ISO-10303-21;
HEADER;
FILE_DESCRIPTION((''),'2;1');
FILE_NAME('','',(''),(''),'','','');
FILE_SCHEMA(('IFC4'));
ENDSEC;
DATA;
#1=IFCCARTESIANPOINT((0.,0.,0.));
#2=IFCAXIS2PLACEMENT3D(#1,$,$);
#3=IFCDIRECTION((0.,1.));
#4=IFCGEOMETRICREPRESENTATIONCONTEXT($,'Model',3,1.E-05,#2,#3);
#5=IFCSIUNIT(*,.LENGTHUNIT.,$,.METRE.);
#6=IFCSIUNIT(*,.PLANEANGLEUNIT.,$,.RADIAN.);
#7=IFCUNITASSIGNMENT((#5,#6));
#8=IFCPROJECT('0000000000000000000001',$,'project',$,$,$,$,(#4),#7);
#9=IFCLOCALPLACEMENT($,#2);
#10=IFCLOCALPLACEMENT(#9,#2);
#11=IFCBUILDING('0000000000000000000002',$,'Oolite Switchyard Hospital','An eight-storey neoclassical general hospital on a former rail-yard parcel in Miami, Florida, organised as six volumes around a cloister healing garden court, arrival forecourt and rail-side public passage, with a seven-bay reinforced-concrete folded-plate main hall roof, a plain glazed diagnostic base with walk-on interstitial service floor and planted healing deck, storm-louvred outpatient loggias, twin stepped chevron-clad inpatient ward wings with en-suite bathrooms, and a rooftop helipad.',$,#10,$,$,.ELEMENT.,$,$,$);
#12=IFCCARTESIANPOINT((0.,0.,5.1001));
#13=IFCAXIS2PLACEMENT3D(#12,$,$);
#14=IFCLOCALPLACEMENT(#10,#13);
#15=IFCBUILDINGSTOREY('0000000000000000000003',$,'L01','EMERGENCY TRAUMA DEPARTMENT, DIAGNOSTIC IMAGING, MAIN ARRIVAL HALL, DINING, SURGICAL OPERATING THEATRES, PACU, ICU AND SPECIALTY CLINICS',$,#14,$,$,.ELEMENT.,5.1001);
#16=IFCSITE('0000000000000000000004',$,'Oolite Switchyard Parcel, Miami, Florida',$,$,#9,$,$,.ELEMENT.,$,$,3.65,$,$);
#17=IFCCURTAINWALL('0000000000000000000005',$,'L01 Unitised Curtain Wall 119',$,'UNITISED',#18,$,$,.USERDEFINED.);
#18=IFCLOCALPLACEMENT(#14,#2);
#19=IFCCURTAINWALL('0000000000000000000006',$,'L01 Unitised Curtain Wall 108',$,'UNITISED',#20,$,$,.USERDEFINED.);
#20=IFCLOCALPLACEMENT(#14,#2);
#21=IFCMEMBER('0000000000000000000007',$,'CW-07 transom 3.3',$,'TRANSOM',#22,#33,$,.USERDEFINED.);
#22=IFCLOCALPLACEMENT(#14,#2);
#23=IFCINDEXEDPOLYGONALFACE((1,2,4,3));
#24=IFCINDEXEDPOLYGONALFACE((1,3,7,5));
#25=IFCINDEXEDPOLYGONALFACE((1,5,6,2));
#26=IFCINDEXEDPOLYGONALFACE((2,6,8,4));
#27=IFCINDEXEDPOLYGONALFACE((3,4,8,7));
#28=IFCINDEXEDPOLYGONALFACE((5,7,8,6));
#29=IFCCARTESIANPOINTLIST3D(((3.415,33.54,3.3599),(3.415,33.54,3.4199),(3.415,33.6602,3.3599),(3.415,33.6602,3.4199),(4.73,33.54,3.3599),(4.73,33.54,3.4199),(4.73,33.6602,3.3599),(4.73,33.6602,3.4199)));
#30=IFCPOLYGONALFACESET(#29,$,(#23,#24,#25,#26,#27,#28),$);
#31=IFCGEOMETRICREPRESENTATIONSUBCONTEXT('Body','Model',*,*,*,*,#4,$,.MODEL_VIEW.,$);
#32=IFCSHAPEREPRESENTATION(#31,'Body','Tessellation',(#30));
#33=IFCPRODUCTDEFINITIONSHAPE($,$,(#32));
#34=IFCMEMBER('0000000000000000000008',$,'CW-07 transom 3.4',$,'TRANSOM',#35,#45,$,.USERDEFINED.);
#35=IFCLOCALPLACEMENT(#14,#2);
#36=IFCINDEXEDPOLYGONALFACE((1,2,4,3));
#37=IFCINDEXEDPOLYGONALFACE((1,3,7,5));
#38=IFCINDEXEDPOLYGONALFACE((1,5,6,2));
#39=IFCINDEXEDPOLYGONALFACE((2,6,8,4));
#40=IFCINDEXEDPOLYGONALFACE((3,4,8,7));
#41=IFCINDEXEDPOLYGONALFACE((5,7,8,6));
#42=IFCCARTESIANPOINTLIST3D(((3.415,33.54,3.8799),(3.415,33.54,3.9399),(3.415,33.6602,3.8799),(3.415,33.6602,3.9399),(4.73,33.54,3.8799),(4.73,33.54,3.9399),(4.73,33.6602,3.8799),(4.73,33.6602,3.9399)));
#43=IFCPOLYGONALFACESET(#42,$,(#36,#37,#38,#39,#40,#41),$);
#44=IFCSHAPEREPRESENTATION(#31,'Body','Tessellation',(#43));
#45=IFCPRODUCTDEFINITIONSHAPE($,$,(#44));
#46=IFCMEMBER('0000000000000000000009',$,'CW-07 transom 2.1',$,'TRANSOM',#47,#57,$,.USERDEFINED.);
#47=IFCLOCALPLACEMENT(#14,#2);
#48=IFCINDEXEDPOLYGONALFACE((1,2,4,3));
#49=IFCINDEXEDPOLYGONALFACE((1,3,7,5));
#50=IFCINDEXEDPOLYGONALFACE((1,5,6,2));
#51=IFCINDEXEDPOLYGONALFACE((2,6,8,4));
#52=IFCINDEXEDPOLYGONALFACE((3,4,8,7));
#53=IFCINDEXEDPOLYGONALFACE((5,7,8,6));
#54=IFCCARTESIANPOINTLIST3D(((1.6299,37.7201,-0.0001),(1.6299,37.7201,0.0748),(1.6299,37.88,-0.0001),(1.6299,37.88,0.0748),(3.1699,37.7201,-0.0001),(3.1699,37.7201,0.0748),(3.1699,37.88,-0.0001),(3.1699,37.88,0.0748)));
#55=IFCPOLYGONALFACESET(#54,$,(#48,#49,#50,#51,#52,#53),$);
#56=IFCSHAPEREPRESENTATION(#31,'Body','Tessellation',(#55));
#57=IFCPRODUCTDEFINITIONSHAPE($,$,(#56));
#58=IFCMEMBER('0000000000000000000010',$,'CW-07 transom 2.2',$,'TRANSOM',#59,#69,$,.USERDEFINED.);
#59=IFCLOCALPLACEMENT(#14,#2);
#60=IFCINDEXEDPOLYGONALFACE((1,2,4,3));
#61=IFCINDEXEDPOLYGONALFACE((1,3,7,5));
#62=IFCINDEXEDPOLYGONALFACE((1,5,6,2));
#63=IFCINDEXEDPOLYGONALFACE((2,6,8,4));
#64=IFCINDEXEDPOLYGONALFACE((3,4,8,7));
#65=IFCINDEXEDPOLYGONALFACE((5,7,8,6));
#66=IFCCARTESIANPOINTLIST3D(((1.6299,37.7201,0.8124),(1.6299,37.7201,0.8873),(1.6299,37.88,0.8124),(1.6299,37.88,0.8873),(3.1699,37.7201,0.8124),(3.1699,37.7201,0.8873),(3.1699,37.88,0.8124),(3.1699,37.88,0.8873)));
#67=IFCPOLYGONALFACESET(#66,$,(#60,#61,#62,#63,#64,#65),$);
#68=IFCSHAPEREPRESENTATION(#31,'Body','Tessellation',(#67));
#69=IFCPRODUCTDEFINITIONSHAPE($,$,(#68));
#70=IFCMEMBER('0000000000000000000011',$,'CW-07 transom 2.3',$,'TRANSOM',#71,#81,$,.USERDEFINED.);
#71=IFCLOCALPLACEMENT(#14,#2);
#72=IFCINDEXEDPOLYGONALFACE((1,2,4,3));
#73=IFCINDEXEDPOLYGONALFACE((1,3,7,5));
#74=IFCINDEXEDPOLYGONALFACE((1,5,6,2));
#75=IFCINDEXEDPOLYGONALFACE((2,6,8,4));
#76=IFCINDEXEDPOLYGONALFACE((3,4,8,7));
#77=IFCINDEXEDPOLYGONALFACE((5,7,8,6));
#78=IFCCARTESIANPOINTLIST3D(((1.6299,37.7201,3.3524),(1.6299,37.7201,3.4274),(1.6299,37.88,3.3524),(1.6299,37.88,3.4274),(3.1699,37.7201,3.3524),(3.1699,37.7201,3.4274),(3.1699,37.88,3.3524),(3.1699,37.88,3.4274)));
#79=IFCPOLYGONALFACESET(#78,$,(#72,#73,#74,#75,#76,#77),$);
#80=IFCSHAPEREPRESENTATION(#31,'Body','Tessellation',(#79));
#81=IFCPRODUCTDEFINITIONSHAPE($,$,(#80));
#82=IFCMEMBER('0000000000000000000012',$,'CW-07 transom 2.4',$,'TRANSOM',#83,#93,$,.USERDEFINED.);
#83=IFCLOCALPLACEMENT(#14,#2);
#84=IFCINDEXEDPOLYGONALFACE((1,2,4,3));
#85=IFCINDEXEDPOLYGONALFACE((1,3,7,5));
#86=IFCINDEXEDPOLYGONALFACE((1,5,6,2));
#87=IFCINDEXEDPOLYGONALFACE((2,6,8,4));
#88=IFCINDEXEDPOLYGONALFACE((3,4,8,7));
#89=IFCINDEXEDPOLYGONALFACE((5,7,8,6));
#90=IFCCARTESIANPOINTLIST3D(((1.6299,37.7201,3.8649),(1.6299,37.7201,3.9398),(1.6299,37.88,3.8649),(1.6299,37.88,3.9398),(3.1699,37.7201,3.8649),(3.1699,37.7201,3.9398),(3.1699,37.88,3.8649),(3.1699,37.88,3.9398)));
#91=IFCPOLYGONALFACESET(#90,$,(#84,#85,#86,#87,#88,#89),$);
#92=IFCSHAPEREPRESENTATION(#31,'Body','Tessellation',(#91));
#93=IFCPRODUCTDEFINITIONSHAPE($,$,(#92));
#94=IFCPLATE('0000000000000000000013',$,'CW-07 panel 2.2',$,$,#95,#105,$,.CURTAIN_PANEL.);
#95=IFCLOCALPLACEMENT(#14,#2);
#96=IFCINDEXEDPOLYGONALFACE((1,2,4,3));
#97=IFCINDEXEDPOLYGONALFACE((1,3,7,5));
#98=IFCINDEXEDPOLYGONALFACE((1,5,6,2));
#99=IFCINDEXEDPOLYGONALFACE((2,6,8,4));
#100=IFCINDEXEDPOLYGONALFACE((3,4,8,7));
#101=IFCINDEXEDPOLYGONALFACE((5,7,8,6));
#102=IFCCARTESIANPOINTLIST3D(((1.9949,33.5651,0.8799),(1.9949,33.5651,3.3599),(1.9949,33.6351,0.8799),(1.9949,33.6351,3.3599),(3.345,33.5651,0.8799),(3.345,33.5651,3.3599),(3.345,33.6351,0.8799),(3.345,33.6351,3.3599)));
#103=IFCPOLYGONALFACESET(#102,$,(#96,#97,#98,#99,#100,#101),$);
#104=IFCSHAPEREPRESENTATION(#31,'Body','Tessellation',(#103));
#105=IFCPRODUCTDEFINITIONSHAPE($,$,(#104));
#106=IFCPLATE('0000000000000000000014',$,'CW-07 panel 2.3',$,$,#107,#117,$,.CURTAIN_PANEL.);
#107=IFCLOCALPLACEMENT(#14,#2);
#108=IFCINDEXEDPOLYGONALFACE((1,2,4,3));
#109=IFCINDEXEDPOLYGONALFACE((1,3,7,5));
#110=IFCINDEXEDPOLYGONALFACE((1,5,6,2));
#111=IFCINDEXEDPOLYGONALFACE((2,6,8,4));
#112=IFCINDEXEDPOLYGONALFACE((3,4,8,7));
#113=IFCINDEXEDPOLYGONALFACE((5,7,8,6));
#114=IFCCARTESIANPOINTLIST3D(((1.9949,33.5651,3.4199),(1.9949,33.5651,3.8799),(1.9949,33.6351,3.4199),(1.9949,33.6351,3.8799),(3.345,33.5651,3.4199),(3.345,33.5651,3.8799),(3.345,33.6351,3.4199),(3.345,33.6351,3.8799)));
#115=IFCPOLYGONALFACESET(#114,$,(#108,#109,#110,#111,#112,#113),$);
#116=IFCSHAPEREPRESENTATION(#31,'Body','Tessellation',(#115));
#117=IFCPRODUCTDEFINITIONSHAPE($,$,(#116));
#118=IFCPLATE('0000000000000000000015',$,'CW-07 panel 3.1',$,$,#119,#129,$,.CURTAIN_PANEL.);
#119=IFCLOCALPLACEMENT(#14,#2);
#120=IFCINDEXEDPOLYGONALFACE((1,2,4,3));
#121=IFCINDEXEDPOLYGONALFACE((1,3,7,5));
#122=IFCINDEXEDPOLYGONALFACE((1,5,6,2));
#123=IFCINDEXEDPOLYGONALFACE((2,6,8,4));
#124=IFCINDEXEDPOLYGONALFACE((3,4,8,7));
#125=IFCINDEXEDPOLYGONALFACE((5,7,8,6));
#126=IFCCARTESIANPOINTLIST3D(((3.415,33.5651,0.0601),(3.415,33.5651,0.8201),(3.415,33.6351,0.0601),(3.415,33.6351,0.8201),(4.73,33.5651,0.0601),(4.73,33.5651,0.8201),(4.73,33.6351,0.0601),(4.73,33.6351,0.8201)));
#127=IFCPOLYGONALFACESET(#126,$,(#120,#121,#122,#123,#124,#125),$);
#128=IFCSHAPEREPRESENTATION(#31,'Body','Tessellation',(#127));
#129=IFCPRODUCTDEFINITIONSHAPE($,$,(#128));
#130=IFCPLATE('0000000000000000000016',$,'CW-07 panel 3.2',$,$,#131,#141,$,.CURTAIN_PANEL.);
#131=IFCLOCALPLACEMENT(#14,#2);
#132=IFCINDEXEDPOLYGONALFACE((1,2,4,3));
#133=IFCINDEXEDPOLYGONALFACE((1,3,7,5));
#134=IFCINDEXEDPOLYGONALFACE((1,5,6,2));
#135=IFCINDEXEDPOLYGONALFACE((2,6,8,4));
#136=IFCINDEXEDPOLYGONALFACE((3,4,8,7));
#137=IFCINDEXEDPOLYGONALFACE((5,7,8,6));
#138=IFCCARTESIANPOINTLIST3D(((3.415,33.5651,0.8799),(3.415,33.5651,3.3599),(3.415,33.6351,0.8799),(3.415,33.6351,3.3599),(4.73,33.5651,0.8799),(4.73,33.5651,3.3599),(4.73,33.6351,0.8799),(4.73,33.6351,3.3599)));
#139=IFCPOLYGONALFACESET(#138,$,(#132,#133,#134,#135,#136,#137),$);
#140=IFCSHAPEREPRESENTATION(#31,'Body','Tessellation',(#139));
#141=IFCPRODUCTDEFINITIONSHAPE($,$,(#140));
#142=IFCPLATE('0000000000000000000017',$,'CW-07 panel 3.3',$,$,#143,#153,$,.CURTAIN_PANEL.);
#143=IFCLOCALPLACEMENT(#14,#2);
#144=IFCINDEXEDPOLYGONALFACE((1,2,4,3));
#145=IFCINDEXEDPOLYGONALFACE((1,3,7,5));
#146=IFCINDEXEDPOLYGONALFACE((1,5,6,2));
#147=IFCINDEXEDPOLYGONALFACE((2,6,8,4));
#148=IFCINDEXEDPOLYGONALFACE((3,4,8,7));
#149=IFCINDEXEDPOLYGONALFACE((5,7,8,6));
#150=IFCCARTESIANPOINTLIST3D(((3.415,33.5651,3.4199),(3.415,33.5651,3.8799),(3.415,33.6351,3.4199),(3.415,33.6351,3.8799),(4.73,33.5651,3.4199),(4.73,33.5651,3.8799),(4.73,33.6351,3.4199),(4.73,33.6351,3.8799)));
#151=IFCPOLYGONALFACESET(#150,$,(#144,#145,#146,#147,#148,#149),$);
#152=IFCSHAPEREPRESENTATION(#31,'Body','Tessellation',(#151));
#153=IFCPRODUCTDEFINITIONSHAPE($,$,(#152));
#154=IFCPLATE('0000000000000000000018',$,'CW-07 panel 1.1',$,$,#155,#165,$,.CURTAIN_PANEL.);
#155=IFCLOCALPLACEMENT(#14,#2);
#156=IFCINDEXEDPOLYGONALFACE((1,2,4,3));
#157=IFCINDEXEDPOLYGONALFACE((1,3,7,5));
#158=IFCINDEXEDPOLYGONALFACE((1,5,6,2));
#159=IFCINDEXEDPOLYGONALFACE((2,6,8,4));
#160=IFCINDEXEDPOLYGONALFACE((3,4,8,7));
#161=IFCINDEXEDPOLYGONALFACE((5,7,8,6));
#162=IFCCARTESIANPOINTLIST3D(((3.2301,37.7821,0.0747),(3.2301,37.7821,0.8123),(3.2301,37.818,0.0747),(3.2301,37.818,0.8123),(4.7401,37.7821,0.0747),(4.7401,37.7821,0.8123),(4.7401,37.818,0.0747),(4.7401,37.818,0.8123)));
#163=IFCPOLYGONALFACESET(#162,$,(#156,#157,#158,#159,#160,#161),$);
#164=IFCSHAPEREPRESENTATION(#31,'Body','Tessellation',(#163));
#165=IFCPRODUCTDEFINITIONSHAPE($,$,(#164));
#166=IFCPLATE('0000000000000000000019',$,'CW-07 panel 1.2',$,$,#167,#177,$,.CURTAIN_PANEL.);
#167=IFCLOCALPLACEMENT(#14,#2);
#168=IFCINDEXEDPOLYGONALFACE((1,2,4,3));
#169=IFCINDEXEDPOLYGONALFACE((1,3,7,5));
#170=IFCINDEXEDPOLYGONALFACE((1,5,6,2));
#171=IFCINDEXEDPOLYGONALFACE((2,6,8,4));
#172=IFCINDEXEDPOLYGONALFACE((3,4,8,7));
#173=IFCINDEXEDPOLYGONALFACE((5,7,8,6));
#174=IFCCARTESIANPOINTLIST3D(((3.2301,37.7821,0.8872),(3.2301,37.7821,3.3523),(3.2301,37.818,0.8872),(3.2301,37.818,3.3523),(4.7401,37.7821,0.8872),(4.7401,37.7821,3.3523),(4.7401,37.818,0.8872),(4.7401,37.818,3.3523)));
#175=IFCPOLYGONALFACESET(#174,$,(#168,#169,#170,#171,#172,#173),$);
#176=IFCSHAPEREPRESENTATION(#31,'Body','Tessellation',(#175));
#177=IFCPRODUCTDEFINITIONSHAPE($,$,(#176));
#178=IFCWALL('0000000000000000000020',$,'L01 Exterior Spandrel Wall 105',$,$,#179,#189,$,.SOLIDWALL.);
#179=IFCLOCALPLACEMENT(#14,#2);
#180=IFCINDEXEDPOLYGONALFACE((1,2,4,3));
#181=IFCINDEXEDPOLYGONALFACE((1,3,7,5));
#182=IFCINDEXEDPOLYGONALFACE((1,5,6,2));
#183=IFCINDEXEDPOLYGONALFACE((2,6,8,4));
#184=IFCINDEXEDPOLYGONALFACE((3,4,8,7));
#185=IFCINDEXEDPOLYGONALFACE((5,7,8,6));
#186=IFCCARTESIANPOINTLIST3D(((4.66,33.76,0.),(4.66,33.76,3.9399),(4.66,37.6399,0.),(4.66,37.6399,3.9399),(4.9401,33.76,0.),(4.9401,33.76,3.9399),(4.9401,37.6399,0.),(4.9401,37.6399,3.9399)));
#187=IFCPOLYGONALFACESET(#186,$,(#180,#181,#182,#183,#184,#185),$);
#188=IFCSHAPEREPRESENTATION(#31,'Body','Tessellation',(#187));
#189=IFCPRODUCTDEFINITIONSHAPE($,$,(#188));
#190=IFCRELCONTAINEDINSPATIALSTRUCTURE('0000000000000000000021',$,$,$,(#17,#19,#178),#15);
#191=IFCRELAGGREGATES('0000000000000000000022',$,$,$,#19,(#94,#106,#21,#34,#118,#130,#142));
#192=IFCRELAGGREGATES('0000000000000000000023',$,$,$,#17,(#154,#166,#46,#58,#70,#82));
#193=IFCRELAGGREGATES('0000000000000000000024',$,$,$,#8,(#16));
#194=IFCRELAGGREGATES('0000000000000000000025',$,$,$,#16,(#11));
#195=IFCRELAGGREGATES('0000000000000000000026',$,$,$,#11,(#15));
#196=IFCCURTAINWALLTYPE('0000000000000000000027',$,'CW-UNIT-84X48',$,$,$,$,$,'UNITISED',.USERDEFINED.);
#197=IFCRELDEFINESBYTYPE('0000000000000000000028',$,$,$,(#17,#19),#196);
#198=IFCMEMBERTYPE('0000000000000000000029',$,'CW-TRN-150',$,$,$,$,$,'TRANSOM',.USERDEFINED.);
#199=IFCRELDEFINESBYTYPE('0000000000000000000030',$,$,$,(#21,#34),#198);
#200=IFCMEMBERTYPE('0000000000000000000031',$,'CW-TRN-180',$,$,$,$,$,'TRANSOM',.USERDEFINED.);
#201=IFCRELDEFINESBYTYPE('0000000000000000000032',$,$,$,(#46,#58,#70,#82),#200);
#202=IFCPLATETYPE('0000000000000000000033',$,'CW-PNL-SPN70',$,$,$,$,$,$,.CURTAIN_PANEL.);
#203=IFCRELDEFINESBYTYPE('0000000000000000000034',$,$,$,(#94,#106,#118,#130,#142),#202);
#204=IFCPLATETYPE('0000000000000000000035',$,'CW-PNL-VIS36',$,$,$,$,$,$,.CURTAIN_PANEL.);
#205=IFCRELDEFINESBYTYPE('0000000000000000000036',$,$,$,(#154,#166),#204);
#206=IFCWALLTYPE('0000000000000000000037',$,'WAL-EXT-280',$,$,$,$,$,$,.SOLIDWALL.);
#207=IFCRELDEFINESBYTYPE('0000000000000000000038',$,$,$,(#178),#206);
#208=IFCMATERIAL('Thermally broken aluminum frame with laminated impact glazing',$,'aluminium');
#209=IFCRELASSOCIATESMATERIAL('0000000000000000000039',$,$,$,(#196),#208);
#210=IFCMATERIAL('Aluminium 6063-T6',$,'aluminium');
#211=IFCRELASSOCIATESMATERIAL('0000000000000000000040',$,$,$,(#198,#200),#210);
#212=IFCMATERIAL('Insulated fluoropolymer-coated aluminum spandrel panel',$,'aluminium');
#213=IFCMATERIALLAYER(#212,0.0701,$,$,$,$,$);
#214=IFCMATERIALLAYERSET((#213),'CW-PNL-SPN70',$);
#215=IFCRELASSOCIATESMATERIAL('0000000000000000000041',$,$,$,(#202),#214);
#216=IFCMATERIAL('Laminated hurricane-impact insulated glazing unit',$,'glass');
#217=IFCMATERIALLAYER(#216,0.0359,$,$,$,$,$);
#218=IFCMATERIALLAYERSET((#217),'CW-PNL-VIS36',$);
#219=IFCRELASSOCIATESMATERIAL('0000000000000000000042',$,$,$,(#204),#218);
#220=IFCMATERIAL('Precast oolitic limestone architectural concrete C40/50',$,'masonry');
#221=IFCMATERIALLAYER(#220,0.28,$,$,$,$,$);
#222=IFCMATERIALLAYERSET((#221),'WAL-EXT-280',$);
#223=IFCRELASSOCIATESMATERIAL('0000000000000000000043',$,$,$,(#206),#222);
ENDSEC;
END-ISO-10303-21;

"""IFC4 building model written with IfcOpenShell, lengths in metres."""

from ifc_helpers import new_model, si_unit, direction, frame, frame_2d, origin, origin_2d, place, context, subcontext, project, spatial, rectangle, extrude, material, layer, layer_set, material_profile, profile_set, type_object, element, aggregate, save


model = new_model("IFC4")

# Units and contexts
model_context = context("Model", 3, precision=1e-05, world=origin(), true_north=direction((0.0, 1.0)))
body_context = subcontext(model_context, "Body", "Model", "MODEL_VIEW")
ifc_project = project(units=[si_unit("LENGTHUNIT", "METRE"), si_unit("PLANEANGLEUNIT", "RADIAN")], contexts=[model_context])

# Site, building, storey
site_placement = place(None, origin())
site = spatial("IfcSite", under=ifc_project, at=site_placement, Name="Oolite Switchyard Parcel, Miami, Florida", CompositionType="ELEMENT", RefElevation=3.65)
building_placement = place(site_placement, origin())
building = spatial("IfcBuilding", under=site, at=building_placement, Name="Oolite Switchyard Hospital", Description="An eight-storey neoclassical general hospital on a former rail-yard parcel in Miami, Florida, organised as six volumes around a cloister healing garden court, arrival forecourt and rail-side public passage, with a seven-bay reinforced-concrete folded-plate main hall roof, a plain glazed diagnostic base with walk-on interstitial service floor and planted healing deck, storm-louvred outpatient loggias, twin stepped chevron-clad inpatient ward wings with en-suite bathrooms, and a rooftop helipad.", CompositionType="ELEMENT")
storey_placement = place(building_placement, frame((0.0, 0.0, 5.1001)))
storey = spatial("IfcBuildingStorey", under=building, at=storey_placement, Name="L01", Description="EMERGENCY TRAUMA DEPARTMENT, DIAGNOSTIC IMAGING, MAIN ARRIVAL HALL, DINING, SURGICAL OPERATING THEATRES, PACU, ICU AND SPECIALTY CLINICS", CompositionType="ELEMENT", Elevation=5.1001)

# Curtain wall
ifc_material_1 = material(Name="Thermally broken aluminum frame with laminated impact glazing", Category="aluminium")
curtain_wall_type = type_object("IfcCurtainWallType", Name="CW-UNIT-84X48", ElementType="UNITISED", PredefinedType="USERDEFINED", material=ifc_material_1)
curtain_wall_1_placement = place(storey_placement, origin())
curtain_wall_1 = element("IfcCurtainWall", 1, at=curtain_wall_1_placement, inside=storey, type_object=curtain_wall_type, Name="L01 Unitised Curtain Wall 119", ObjectType="UNITISED", PredefinedType="USERDEFINED")
ifc_material_2 = material(Name="Aluminium 6063-T6", Category="aluminium")

# Curtain wall, members
curtain_wall_2_placement = place(storey_placement, origin())
curtain_wall_2 = element("IfcCurtainWall", 2, at=curtain_wall_2_placement, inside=storey, type_object=curtain_wall_type, Name="L01 Unitised Curtain Wall 108", ObjectType="UNITISED", PredefinedType="USERDEFINED")
ifc_material_profile_1 = material_profile(ifc_material_2, rectangle(XDim=0.1201, YDim=0.0601, at=origin_2d()), Name="CWT60X120")
ifc_profile_set_1 = profile_set([ifc_material_profile_1], Name="Aluminium 6063-T6")
member_type_1 = type_object("IfcMemberType", Name="CW-TRN-150", ElementType="TRANSOM", PredefinedType="USERDEFINED", material=ifc_profile_set_1)
member_1_placement = place(storey_placement, frame((3.415, 33.6001, 3.3899), z_axis=(1.0, 0.0, 0.0), x_axis=(0.0, 1.0, 0.0)))
member_1 = element("IfcMember", 3, at=member_1_placement, type_object=member_type_1, Name="CW-07 transom 3.3", ObjectType="TRANSOM", PredefinedType="USERDEFINED", context=body_context, shape_type="SweptSolid", body=[
    extrude(rectangle(XDim=0.1201, YDim=0.0601, at=origin_2d()), origin(), (0.0, 0.0, 1.0), 1.3149),
])
member_2_placement = place(storey_placement, frame((3.415, 33.6001, 3.9099), z_axis=(1.0, 0.0, 0.0), x_axis=(0.0, 1.0, 0.0)))
member_2 = element("IfcMember", 4, at=member_2_placement, type_object=member_type_1, Name="CW-07 transom 3.4", ObjectType="TRANSOM", PredefinedType="USERDEFINED", context=body_context, shape_type="SweptSolid", body=[
    extrude(rectangle(XDim=0.1201, YDim=0.0601, at=origin_2d()), origin(), (0.0, 0.0, 1.0), 1.3149),
])

# Members
ifc_material_profile_2 = material_profile(ifc_material_2, rectangle(XDim=0.1599, YDim=0.075, at=origin_2d()), Name="CWT75X160")
ifc_profile_set_2 = profile_set([ifc_material_profile_2], Name="Aluminium 6063-T6")
member_type_2 = type_object("IfcMemberType", Name="CW-TRN-180", ElementType="TRANSOM", PredefinedType="USERDEFINED", material=ifc_profile_set_2)
member_3_placement = place(storey_placement, frame((3.1699, 37.8, 0.0374), z_axis=(-1.0, 0.0, 0.0), x_axis=(0.0, -1.0, 0.0)))
member_3 = element("IfcMember", 5, at=member_3_placement, type_object=member_type_2, Name="CW-07 transom 2.1", ObjectType="TRANSOM", PredefinedType="USERDEFINED", context=body_context, shape_type="SweptSolid", body=[
    extrude(rectangle(XDim=0.1599, YDim=0.075, at=origin_2d()), origin(), (0.0, 0.0, 1.0), 1.54),
])
member_4_placement = place(storey_placement, frame((3.1699, 37.8, 0.8499), z_axis=(-1.0, 0.0, 0.0), x_axis=(0.0, -1.0, 0.0)))
member_4 = element("IfcMember", 6, at=member_4_placement, type_object=member_type_2, Name="CW-07 transom 2.2", ObjectType="TRANSOM", PredefinedType="USERDEFINED", context=body_context, shape_type="SweptSolid", body=[
    extrude(rectangle(XDim=0.1599, YDim=0.075, at=origin_2d()), origin(), (0.0, 0.0, 1.0), 1.54),
])
member_5_placement = place(storey_placement, frame((3.1699, 37.8, 3.3899), z_axis=(-1.0, 0.0, 0.0), x_axis=(0.0, -1.0, 0.0)))
member_5 = element("IfcMember", 7, at=member_5_placement, type_object=member_type_2, Name="CW-07 transom 2.3", ObjectType="TRANSOM", PredefinedType="USERDEFINED", context=body_context, shape_type="SweptSolid", body=[
    extrude(rectangle(XDim=0.1599, YDim=0.075, at=origin_2d()), origin(), (0.0, 0.0, 1.0), 1.54),
])
member_6_placement = place(storey_placement, frame((3.1699, 37.8, 3.9023), z_axis=(-1.0, 0.0, 0.0), x_axis=(0.0, -1.0, 0.0)))
member_6 = element("IfcMember", 8, at=member_6_placement, type_object=member_type_2, Name="CW-07 transom 2.4", ObjectType="TRANSOM", PredefinedType="USERDEFINED", context=body_context, shape_type="SweptSolid", body=[
    extrude(rectangle(XDim=0.1599, YDim=0.075, at=origin_2d()), origin(), (0.0, 0.0, 1.0), 1.54),
])

# Plates
ifc_material_3 = material(Name="Insulated fluoropolymer-coated aluminum spandrel panel", Category="aluminium")
ifc_layer_1 = layer(ifc_material_3, 0.0701)
ifc_layer_set_1 = layer_set([ifc_layer_1], Name="CW-PNL-SPN70")
plate_type_1 = type_object("IfcPlateType", Name="CW-PNL-SPN70", PredefinedType="CURTAIN_PANEL", material=ifc_layer_set_1)
plate_1_placement = place(storey_placement, frame((2.6699, 33.6001, 0.8799), z_axis=(0.0, 0.0, 1.0), x_axis=(1.0, 0.0, 0.0)))
plate_1 = element("IfcPlate", 9, at=plate_1_placement, type_object=plate_type_1, Name="CW-07 panel 2.2", PredefinedType="CURTAIN_PANEL", context=body_context, shape_type="SweptSolid", body=[
    extrude(rectangle(XDim=1.3501, YDim=0.0701, at=origin_2d()), origin(), (0.0, 0.0, 1.0), 2.48),
])
plate_2_placement = place(storey_placement, frame((2.6699, 33.6001, 3.4199), z_axis=(0.0, 0.0, 1.0), x_axis=(1.0, 0.0, 0.0)))
plate_2 = element("IfcPlate", 10, at=plate_2_placement, type_object=plate_type_1, Name="CW-07 panel 2.3", PredefinedType="CURTAIN_PANEL", context=body_context, shape_type="SweptSolid", body=[
    extrude(rectangle(XDim=1.3501, YDim=0.0701, at=origin_2d()), origin(), (0.0, 0.0, 1.0), 0.46),
])
plate_3_placement = place(storey_placement, frame((4.0725, 33.6001, 0.0601), z_axis=(0.0, 0.0, 1.0), x_axis=(1.0, 0.0, 0.0)))
plate_3 = element("IfcPlate", 11, at=plate_3_placement, type_object=plate_type_1, Name="CW-07 panel 3.1", PredefinedType="CURTAIN_PANEL", context=body_context, shape_type="SweptSolid", body=[
    extrude(rectangle(XDim=1.3149, YDim=0.0701, at=origin_2d()), origin(), (0.0, 0.0, 1.0), 0.76),
])
plate_4_placement = place(storey_placement, frame((4.0725, 33.6001, 0.8799), z_axis=(0.0, 0.0, 1.0), x_axis=(1.0, 0.0, 0.0)))
plate_4 = element("IfcPlate", 12, at=plate_4_placement, type_object=plate_type_1, Name="CW-07 panel 3.2", PredefinedType="CURTAIN_PANEL", context=body_context, shape_type="SweptSolid", body=[
    extrude(rectangle(XDim=1.3149, YDim=0.0701, at=origin_2d()), origin(), (0.0, 0.0, 1.0), 2.48),
])
plate_5_placement = place(storey_placement, frame((4.0725, 33.6001, 3.4199), z_axis=(0.0, 0.0, 1.0), x_axis=(1.0, 0.0, 0.0)))
plate_5 = element("IfcPlate", 13, at=plate_5_placement, type_object=plate_type_1, Name="CW-07 panel 3.3", PredefinedType="CURTAIN_PANEL", context=body_context, shape_type="SweptSolid", body=[
    extrude(rectangle(XDim=1.3149, YDim=0.0701, at=origin_2d()), origin(), (0.0, 0.0, 1.0), 0.46),
])
aggregate(curtain_wall_2, [plate_1, plate_2, member_1, member_2, plate_3, plate_4, plate_5])
ifc_material_4 = material(Name="Laminated hurricane-impact insulated glazing unit", Category="glass")
ifc_layer_2 = layer(ifc_material_4, 0.0359)
ifc_layer_set_2 = layer_set([ifc_layer_2], Name="CW-PNL-VIS36")
plate_type_2 = type_object("IfcPlateType", Name="CW-PNL-VIS36", PredefinedType="CURTAIN_PANEL", material=ifc_layer_set_2)
plate_6_placement = place(storey_placement, frame((3.9851, 37.8, 0.0747), z_axis=(0.0, 0.0, 1.0), x_axis=(-1.0, 0.0, 0.0)))
plate_6 = element("IfcPlate", 14, at=plate_6_placement, type_object=plate_type_2, Name="CW-07 panel 1.1", PredefinedType="CURTAIN_PANEL", context=body_context, shape_type="SweptSolid", body=[
    extrude(rectangle(XDim=1.51, YDim=0.0359, at=origin_2d()), origin(), (0.0, 0.0, 1.0), 0.7375),
])
plate_7_placement = place(storey_placement, frame((3.9851, 37.8, 0.8872), z_axis=(0.0, 0.0, 1.0), x_axis=(-1.0, 0.0, 0.0)))
plate_7 = element("IfcPlate", 15, at=plate_7_placement, type_object=plate_type_2, Name="CW-07 panel 1.2", PredefinedType="CURTAIN_PANEL", context=body_context, shape_type="SweptSolid", body=[
    extrude(rectangle(XDim=1.51, YDim=0.0359, at=origin_2d()), origin(), (0.0, 0.0, 1.0), 2.4651),
])
aggregate(curtain_wall_1, [plate_6, plate_7, member_3, member_4, member_5, member_6])

# Wall
ifc_material_5 = material(Name="Precast oolitic limestone architectural concrete C40/50", Category="masonry")
ifc_layer_3 = layer(ifc_material_5, 0.28)
ifc_layer_set_3 = layer_set([ifc_layer_3], Name="WAL-EXT-280")
wall_type = type_object("IfcWallType", Name="WAL-EXT-280", PredefinedType="SOLIDWALL", material=ifc_layer_set_3)
wall_placement = place(storey_placement, frame((4.8, 33.76, 0.0), z_axis=(0.0, 0.0, 1.0), x_axis=(0.0, 1.0, 0.0)))
element("IfcWall", 16, at=wall_placement, inside=storey, type_object=wall_type, Name="L01 Exterior Spandrel Wall 105", PredefinedType="SOLIDWALL", context=body_context, shape_type="SweptSolid", body=[
    extrude(rectangle(XDim=3.8799, YDim=0.28, at=frame_2d((1.9399, 0.0))), origin(), (0.0, 0.0, 1.0), 3.9399),
])

save(model, "model.ifc")
